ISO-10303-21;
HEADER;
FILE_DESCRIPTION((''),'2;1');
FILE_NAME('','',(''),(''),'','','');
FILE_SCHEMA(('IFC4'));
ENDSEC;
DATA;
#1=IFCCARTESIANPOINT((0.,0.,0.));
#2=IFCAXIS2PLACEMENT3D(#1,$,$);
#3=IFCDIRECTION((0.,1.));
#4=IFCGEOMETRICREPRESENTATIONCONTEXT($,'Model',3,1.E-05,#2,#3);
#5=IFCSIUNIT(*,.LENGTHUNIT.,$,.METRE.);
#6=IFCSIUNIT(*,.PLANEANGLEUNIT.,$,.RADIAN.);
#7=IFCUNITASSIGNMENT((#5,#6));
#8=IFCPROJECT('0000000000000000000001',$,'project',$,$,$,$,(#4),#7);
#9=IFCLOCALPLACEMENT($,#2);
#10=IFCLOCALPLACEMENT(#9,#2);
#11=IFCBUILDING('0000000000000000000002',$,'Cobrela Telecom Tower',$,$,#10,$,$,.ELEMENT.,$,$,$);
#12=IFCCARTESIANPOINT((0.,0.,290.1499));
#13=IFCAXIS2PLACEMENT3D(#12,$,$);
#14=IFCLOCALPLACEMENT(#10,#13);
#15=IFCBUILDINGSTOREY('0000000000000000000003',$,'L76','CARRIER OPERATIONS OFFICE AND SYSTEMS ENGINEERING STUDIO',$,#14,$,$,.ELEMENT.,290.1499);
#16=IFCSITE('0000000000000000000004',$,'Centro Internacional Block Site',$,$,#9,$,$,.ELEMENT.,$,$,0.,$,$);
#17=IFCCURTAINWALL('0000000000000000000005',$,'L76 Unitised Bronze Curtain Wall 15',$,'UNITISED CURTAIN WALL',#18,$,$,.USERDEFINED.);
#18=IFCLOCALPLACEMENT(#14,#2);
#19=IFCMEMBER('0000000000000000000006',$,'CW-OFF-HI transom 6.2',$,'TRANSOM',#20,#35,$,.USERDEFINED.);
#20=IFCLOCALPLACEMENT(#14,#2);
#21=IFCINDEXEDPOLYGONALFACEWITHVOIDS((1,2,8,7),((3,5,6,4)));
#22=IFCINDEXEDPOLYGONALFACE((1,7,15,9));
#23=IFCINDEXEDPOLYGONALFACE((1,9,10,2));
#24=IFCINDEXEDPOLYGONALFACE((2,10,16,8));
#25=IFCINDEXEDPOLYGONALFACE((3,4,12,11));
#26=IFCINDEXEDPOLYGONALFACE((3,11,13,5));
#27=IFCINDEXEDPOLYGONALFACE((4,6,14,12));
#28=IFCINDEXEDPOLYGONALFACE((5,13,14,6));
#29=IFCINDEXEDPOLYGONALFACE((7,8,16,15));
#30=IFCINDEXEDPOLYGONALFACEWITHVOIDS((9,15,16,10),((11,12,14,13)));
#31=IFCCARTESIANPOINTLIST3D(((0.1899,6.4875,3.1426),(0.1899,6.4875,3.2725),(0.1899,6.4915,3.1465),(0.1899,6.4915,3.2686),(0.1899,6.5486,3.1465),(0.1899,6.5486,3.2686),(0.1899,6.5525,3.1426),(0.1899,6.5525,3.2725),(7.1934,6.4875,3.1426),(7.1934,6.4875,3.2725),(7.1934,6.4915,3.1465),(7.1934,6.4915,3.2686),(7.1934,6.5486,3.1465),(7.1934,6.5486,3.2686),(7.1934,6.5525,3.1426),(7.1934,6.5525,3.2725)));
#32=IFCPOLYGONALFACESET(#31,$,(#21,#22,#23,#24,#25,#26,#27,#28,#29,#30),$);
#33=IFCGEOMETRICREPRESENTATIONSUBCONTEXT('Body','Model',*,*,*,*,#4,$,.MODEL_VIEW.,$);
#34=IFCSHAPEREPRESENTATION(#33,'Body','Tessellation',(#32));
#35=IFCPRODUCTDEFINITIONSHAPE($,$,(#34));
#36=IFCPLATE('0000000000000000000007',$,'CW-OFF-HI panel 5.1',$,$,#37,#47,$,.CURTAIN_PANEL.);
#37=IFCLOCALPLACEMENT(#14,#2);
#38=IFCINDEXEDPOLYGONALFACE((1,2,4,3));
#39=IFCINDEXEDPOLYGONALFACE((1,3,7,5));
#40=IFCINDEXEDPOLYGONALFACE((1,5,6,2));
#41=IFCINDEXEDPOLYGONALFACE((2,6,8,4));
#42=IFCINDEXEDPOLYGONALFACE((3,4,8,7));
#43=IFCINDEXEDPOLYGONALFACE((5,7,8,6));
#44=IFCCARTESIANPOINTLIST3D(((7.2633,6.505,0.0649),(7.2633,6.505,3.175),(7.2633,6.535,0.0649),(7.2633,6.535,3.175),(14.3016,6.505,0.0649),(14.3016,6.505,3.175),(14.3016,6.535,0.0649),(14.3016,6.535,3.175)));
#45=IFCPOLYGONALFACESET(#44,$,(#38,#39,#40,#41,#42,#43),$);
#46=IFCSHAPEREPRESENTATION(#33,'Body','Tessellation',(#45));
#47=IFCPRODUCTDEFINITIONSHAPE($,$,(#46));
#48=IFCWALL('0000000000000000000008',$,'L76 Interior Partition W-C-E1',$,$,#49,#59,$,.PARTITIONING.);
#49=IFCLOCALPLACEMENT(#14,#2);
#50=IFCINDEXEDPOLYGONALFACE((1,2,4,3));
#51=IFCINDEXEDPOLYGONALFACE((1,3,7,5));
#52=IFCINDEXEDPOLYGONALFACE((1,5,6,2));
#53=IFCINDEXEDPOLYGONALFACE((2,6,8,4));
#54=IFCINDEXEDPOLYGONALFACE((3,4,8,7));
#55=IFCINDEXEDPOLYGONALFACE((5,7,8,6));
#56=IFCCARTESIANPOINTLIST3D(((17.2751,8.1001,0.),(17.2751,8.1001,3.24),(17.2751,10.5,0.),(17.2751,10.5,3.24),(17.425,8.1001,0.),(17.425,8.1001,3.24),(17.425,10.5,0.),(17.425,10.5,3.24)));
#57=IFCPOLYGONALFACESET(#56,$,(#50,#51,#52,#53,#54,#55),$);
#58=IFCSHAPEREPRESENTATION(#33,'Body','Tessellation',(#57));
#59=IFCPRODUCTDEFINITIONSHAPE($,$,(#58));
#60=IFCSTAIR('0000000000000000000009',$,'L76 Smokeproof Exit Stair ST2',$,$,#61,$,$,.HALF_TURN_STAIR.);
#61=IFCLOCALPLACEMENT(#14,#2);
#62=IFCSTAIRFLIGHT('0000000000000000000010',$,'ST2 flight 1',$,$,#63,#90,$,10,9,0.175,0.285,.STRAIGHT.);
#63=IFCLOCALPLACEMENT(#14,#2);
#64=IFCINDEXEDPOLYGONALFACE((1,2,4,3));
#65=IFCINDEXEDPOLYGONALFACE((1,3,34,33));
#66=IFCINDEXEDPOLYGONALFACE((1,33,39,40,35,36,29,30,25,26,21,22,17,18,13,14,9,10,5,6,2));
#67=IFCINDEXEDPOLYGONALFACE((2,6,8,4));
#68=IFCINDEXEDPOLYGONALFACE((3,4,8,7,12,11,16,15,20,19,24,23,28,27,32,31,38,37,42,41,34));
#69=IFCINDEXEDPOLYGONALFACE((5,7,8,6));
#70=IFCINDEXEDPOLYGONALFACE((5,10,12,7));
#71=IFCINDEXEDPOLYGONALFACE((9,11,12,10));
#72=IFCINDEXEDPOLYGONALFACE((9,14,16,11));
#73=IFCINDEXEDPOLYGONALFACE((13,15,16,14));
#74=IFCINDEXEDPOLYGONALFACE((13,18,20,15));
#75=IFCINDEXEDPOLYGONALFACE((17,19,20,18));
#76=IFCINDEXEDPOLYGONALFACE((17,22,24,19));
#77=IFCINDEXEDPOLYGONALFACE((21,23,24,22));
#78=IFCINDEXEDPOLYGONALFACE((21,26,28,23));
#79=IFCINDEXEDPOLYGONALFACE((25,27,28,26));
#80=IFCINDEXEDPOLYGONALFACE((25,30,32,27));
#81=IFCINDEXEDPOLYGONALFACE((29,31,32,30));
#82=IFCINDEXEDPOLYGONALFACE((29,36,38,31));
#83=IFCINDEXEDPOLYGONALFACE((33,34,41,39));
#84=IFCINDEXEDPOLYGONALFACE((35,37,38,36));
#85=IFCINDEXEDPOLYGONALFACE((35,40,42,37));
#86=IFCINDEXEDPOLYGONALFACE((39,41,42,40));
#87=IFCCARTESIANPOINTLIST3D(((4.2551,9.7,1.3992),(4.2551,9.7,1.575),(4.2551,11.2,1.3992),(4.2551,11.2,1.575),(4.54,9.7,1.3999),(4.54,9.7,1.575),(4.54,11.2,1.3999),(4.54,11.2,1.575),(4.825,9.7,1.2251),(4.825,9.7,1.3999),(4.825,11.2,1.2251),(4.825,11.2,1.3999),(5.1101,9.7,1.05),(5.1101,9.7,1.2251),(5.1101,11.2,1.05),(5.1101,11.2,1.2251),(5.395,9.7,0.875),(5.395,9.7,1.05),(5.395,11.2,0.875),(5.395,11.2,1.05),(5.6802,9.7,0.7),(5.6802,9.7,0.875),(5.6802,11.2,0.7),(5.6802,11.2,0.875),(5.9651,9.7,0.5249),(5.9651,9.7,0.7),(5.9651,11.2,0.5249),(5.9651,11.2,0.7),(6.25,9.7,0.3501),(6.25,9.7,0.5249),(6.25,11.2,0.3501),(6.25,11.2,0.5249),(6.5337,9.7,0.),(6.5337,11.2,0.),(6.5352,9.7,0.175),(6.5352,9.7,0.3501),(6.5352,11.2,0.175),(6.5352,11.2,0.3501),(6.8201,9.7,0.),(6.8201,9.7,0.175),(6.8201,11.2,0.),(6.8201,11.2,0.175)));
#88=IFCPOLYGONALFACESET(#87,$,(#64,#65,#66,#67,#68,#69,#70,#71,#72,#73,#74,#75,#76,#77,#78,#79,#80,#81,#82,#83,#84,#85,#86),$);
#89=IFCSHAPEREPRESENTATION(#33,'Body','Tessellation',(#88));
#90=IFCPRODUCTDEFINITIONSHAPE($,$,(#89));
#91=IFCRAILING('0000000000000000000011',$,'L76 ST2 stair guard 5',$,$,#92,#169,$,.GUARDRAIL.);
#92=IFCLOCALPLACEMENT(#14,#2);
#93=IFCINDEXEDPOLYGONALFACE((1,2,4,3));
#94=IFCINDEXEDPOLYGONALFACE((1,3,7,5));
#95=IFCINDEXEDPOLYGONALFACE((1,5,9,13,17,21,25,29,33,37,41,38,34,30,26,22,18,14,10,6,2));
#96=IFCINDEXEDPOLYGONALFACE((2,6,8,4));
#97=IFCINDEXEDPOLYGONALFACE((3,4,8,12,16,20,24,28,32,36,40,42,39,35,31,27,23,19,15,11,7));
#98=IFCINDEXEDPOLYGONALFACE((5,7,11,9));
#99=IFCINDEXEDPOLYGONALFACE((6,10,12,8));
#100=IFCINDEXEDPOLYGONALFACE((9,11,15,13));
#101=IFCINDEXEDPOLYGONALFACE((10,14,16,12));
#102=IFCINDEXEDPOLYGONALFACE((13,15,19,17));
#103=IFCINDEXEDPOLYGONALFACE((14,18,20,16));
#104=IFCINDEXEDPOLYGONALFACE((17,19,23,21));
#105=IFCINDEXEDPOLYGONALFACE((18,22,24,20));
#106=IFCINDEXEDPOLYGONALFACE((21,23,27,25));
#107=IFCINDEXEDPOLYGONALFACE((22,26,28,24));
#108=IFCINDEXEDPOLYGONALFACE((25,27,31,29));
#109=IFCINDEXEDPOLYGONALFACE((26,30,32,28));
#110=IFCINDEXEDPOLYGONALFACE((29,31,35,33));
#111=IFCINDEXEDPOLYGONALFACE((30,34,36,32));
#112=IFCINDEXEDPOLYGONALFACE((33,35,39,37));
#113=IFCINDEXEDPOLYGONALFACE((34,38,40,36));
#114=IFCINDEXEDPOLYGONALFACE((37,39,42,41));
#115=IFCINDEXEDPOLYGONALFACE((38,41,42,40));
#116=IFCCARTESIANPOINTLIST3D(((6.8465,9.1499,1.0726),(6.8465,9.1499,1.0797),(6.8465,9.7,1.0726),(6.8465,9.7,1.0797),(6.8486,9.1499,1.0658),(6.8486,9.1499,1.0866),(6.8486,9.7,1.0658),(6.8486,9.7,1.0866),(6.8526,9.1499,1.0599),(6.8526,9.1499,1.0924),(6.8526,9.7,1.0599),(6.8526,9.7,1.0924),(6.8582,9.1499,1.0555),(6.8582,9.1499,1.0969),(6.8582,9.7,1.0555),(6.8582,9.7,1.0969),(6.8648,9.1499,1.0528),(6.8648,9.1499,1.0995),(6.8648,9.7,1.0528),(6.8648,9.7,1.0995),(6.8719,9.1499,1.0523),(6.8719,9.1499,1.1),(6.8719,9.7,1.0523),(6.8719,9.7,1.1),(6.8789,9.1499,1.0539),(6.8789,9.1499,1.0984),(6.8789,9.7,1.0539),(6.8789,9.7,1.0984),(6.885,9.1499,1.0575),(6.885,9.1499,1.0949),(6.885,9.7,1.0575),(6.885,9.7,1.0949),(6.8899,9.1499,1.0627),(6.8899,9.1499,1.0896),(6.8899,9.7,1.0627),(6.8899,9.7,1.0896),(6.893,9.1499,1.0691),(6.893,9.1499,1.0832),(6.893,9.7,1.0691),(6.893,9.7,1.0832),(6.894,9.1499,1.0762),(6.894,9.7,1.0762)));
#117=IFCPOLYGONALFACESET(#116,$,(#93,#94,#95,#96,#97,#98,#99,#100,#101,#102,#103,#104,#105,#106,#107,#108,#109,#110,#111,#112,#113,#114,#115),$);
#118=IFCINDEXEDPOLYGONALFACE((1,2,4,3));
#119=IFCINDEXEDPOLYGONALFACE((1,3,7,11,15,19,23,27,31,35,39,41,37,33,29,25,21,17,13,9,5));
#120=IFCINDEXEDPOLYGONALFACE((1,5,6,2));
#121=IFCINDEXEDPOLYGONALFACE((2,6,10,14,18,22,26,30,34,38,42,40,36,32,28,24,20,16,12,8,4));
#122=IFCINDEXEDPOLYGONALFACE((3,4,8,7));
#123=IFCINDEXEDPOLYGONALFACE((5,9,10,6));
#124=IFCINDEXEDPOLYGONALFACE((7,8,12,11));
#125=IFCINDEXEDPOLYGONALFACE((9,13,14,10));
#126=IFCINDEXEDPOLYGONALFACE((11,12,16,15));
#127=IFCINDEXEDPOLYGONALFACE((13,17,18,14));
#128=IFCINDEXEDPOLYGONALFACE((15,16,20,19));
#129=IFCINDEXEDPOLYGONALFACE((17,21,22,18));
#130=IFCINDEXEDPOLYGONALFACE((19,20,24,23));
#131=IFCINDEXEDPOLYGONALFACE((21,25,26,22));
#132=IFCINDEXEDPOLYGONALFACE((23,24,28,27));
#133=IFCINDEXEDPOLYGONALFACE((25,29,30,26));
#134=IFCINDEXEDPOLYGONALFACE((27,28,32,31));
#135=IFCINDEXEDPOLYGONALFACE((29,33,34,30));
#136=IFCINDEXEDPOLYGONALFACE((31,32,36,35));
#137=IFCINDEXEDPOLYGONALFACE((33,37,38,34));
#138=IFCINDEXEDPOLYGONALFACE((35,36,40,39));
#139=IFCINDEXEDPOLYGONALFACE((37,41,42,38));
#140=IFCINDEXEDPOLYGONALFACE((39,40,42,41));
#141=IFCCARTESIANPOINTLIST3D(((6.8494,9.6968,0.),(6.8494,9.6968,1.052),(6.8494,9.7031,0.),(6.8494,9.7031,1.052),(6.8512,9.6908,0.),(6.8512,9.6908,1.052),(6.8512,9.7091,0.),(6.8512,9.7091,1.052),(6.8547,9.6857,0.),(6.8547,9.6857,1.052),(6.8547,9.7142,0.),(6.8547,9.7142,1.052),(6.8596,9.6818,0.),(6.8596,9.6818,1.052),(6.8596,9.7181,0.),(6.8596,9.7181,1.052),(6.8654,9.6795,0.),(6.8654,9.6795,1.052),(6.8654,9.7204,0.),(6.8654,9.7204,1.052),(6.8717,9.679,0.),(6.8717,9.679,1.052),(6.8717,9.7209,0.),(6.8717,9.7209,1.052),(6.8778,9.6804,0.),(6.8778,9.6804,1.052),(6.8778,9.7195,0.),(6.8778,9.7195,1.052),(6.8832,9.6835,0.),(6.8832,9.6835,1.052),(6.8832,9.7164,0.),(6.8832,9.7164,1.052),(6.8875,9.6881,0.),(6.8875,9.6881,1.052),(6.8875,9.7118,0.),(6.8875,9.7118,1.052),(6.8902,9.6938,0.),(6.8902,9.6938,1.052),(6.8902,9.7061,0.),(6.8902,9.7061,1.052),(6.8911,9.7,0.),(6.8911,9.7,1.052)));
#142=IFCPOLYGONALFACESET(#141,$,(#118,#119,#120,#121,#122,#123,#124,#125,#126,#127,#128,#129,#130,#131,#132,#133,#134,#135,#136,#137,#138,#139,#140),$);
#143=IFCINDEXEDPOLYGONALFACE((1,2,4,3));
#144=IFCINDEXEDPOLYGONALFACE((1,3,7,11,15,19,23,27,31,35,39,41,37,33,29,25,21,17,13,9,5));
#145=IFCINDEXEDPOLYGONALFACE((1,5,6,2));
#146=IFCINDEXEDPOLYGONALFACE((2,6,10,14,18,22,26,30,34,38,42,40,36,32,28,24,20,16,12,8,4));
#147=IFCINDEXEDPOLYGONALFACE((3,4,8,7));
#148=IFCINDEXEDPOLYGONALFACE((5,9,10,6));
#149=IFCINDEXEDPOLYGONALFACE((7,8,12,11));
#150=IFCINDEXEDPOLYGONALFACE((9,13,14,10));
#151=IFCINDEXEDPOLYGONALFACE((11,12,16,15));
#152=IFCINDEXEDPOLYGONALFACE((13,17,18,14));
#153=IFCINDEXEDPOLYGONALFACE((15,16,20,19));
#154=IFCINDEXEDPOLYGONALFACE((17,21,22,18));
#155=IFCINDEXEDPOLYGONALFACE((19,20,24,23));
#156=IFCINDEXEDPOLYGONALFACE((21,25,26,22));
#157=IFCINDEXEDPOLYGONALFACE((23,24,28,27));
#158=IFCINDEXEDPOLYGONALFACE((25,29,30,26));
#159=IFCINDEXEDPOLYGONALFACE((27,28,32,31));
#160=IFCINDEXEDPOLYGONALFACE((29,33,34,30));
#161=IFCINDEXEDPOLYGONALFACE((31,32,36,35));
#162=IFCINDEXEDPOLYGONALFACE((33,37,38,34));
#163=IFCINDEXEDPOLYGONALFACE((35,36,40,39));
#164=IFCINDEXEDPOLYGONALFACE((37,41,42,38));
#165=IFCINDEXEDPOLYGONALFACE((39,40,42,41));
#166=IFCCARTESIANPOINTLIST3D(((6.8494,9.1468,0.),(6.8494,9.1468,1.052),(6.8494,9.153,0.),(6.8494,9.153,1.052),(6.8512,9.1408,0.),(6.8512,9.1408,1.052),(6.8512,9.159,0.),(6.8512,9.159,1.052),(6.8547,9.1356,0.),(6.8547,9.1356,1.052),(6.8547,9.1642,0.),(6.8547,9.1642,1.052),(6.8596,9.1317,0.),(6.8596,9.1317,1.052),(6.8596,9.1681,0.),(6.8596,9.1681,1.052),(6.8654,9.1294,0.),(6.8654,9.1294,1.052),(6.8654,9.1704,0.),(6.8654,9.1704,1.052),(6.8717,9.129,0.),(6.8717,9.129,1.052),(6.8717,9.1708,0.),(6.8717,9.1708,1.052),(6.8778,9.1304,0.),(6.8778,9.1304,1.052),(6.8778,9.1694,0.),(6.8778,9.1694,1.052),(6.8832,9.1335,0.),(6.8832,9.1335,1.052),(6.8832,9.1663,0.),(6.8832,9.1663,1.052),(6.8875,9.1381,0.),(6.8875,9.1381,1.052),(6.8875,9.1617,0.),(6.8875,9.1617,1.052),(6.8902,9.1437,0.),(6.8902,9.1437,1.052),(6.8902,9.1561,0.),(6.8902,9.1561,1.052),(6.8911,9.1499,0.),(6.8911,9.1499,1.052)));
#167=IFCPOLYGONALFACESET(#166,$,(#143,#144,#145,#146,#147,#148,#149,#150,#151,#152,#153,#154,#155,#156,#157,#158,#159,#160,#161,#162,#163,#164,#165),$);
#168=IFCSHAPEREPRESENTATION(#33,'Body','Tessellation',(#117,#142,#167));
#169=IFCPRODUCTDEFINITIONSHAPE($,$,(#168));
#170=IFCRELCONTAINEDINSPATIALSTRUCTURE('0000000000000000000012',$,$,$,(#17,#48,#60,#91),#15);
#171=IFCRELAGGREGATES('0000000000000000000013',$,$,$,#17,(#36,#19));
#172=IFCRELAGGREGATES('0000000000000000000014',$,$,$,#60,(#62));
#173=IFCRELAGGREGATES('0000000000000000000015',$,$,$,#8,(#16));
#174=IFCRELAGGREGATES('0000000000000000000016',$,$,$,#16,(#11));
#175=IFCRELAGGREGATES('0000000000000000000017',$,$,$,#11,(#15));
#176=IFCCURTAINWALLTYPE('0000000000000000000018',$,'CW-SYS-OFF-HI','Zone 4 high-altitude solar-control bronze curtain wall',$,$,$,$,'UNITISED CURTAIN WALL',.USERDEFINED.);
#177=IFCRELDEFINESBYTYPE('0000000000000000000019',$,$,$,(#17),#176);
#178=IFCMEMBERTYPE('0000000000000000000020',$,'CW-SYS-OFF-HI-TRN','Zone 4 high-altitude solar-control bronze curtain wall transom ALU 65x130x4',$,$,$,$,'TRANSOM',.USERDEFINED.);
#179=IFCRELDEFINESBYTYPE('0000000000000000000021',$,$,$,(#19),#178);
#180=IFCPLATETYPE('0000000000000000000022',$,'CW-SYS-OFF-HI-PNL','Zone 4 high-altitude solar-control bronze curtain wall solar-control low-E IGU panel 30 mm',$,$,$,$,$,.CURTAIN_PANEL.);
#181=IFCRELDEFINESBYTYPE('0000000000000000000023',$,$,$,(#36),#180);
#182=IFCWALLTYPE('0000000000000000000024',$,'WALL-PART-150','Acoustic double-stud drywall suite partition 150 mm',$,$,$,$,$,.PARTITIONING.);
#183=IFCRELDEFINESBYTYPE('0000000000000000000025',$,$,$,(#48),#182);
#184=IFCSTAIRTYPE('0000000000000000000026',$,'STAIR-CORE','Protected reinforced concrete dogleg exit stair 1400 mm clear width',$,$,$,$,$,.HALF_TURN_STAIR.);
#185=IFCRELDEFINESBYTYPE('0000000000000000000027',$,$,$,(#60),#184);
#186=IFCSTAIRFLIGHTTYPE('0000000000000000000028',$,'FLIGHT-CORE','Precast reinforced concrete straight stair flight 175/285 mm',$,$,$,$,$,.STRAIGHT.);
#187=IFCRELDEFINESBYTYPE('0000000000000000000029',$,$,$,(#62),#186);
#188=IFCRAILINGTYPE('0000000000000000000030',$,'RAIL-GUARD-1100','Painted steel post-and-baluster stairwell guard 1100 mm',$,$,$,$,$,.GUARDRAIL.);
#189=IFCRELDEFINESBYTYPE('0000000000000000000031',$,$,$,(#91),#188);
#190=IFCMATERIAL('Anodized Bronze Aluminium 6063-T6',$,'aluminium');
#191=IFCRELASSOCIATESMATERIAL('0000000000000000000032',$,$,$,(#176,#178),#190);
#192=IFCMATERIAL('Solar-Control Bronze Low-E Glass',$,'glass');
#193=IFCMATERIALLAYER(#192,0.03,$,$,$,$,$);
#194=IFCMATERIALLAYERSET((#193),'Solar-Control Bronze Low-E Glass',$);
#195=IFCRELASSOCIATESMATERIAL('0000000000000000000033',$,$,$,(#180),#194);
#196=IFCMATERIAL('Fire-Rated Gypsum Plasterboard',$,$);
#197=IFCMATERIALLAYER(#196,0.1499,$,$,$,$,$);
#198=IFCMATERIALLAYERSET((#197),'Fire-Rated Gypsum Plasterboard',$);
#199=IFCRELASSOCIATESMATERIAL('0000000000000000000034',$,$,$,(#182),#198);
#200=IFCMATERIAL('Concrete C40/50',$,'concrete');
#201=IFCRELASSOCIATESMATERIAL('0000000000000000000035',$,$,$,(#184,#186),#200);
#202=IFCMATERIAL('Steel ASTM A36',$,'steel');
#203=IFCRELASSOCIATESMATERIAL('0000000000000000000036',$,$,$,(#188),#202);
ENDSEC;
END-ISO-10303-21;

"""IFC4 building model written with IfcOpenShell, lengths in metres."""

from ifc_helpers import new_model, si_unit, direction, frame, frame_2d, origin, origin_2d, place, context, subcontext, project, spatial, polyline, rectangle, hollow_rectangle, circle, outline, extrude, material, layer, layer_set, material_profile, profile_set, type_object, element, aggregate, save


model = new_model("IFC4")

# Units and contexts
model_context = context("Model", 3, precision=1e-05, world=origin(), true_north=direction((0.0, 1.0)))
body_context = subcontext(model_context, "Body", "Model", "MODEL_VIEW")
ifc_project = project(units=[si_unit("LENGTHUNIT", "METRE"), si_unit("PLANEANGLEUNIT", "RADIAN")], contexts=[model_context])

# Site, building, storey
site_placement = place(None, origin())
site = spatial("IfcSite", under=ifc_project, at=site_placement, Name="Centro Internacional Block Site", CompositionType="ELEMENT", RefElevation=0.0)
building_placement = place(site_placement, origin())
building = spatial("IfcBuilding", under=site, at=building_placement, Name="Cobrela Telecom Tower", CompositionType="ELEMENT")
storey_placement = place(building_placement, frame((0.0, 0.0, 290.1499)))
storey = spatial("IfcBuildingStorey", under=building, at=storey_placement, Name="L76", Description="CARRIER OPERATIONS OFFICE AND SYSTEMS ENGINEERING STUDIO", CompositionType="ELEMENT", Elevation=290.1499)

# Curtain wall, member, plate
ifc_material_1 = material(Name="Anodized Bronze Aluminium 6063-T6", Category="aluminium")
curtain_wall_type = type_object("IfcCurtainWallType", Name="CW-SYS-OFF-HI", Description="Zone 4 high-altitude solar-control bronze curtain wall", ElementType="UNITISED CURTAIN WALL", PredefinedType="USERDEFINED", material=ifc_material_1)
curtain_wall_placement = place(storey_placement, origin())
curtain_wall = element("IfcCurtainWall", 1, at=curtain_wall_placement, inside=storey, type_object=curtain_wall_type, Name="L76 Unitised Bronze Curtain Wall 15", ObjectType="UNITISED CURTAIN WALL", PredefinedType="USERDEFINED")
ifc_material_profile_1 = material_profile(ifc_material_1, hollow_rectangle(XDim=0.0649, YDim=0.1299, WallThickness=0.0039, at=origin_2d()), Name="ALU 65x130x4")
ifc_profile_set_1 = profile_set([ifc_material_profile_1], Name="Anodized Bronze Aluminium 6063-T6")
member_type_1 = type_object("IfcMemberType", Name="CW-SYS-OFF-HI-TRN", Description="Zone 4 high-altitude solar-control bronze curtain wall transom ALU 65x130x4", ElementType="TRANSOM", PredefinedType="USERDEFINED", material=ifc_profile_set_1)
member_1_placement = place(storey_placement, frame((7.1934, 6.52, 3.2075), z_axis=(-1.0, 0.0, 0.0), x_axis=(0.0, -1.0, 0.0)))
member_1 = element("IfcMember", 2, at=member_1_placement, type_object=member_type_1, Name="CW-OFF-HI transom 6.2", ObjectType="TRANSOM", PredefinedType="USERDEFINED", context=body_context, shape_type="SweptSolid", body=[
    extrude(hollow_rectangle(XDim=0.0649, YDim=0.1299, WallThickness=0.0039, at=origin_2d()), origin(), (0.0, 0.0, 1.0), 7.0034),
])
ifc_material_2 = material(Name="Solar-Control Bronze Low-E Glass", Category="glass")
ifc_layer_1 = layer(ifc_material_2, 0.03)
ifc_layer_set_1 = layer_set([ifc_layer_1], Name="Solar-Control Bronze Low-E Glass")
plate_type = type_object("IfcPlateType", Name="CW-SYS-OFF-HI-PNL", Description="Zone 4 high-altitude solar-control bronze curtain wall solar-control low-E IGU panel 30 mm", PredefinedType="CURTAIN_PANEL", material=ifc_layer_set_1)
plate_placement = place(storey_placement, frame((10.7825, 6.52, 0.0649), z_axis=(0.0, 0.0, 1.0), x_axis=(-1.0, 0.0, 0.0)))
plate = element("IfcPlate", 3, at=plate_placement, type_object=plate_type, Name="CW-OFF-HI panel 5.1", PredefinedType="CURTAIN_PANEL", context=body_context, shape_type="SweptSolid", body=[
    extrude(rectangle(XDim=7.0383, YDim=0.03, at=origin_2d()), origin(), (0.0, 0.0, 1.0), 3.1101),
])
aggregate(curtain_wall, [plate, member_1])

# Shared definitions
ifc_material_3 = material(Name="Fire-Rated Gypsum Plasterboard")

# Wall
ifc_layer_2 = layer(ifc_material_3, 0.1499)
ifc_layer_set_2 = layer_set([ifc_layer_2], Name="Fire-Rated Gypsum Plasterboard")
wall_type_1 = type_object("IfcWallType", Name="WALL-PART-150", Description="Acoustic double-stud drywall suite partition 150 mm", PredefinedType="PARTITIONING", material=ifc_layer_set_2)
wall_1_placement = place(storey_placement, frame((17.3501, 8.1001, 0.0), z_axis=(0.0, 0.0, 1.0), x_axis=(0.0, 1.0, 0.0)))
element("IfcWall", 4, at=wall_1_placement, inside=storey, type_object=wall_type_1, Name="L76 Interior Partition W-C-E1", PredefinedType="PARTITIONING", context=body_context, shape_type="SweptSolid", body=[
    extrude(rectangle(XDim=2.3999, YDim=0.1499, at=frame_2d((1.2, 0.0))), origin(), (0.0, 0.0, 1.0), 3.24),
])

# Shared definitions
ifc_material_4 = material(Name="Concrete C40/50", Category="concrete")
ifc_material_5 = material(Name="Steel ASTM A36", Category="steel")

# Stair, stair flight
stair_type = type_object("IfcStairType", Name="STAIR-CORE", Description="Protected reinforced concrete dogleg exit stair 1400 mm clear width", PredefinedType="HALF_TURN_STAIR", material=ifc_material_4)
stair_placement = place(storey_placement, origin())
stair = element("IfcStair", 5, at=stair_placement, inside=storey, type_object=stair_type, Name="L76 Smokeproof Exit Stair ST2", PredefinedType="HALF_TURN_STAIR")
stair_flight_type = type_object("IfcStairFlightType", Name="FLIGHT-CORE", Description="Precast reinforced concrete straight stair flight 175/285 mm", PredefinedType="STRAIGHT", material=ifc_material_4)
stair_flight_placement = place(storey_placement, frame((6.8201, 10.45, 0.0), z_axis=(0.0, 0.0, 1.0), x_axis=(-1.0, 0.0, 0.0)))
stair_flight = element("IfcStairFlight", 6, at=stair_flight_placement, type_object=stair_flight_type, Name="ST2 flight 1", NumberOfRisers=10, NumberOfTreads=9, PredefinedType="STRAIGHT", RiserHeight=0.175, TreadLength=0.285, context=body_context, shape_type="SweptSolid", body=[
    extrude(outline(polyline([(0.0, 0.0), (0.0, 0.175), (0.2849, 0.175), (0.2849, 0.3501), (0.5701, 0.3501), (0.5701, 0.5249), (0.855, 0.5249), (0.855, 0.7), (1.1399, 0.7), (1.1399, 0.875), (1.425, 0.875), (1.425, 1.05), (1.71, 1.05), (1.71, 1.2251), (1.9951, 1.2251), (1.9951, 1.3999), (2.28, 1.3999), (2.28, 1.575), (2.5649, 1.575), (2.5649, 1.75), (2.5649, 1.3992), (0.2864, 0.0), (0.0, 0.0)])), frame((0.0, 0.75, 0.0), z_axis=(0.0, -1.0, 0.0), x_axis=(1.0, 0.0, 0.0)), (0.0, 0.0, 1.0), 1.5),
])
aggregate(stair, [stair_flight])

# Railing
railing_type = type_object("IfcRailingType", Name="RAIL-GUARD-1100", Description="Painted steel post-and-baluster stairwell guard 1100 mm", PredefinedType="GUARDRAIL", material=ifc_material_5)
railing_placement = place(storey_placement, frame((6.8701, 9.7, 0.0)))
element("IfcRailing", 7, at=railing_placement, inside=storey, type_object=railing_type, Name="L76 ST2 stair guard 5", PredefinedType="GUARDRAIL", context=body_context, shape_type="SweptSolid", body=[
    extrude(circle(Radius=0.0239, at=origin_2d()), frame((0.0, 0.0, 1.0762), z_axis=(0.0, -1.0, 0.0), x_axis=(1.0, 0.0, 0.0)), (0.0, 0.0, 1.0), 0.55),
    extrude(circle(Radius=0.021, at=origin_2d()), origin(), (0.0, 0.0, 1.0), 1.052),
    extrude(circle(Radius=0.021, at=origin_2d()), frame((0.0, -0.55, 0.0)), (0.0, 0.0, 1.0), 1.052),
])

save(model, "model.ifc")
